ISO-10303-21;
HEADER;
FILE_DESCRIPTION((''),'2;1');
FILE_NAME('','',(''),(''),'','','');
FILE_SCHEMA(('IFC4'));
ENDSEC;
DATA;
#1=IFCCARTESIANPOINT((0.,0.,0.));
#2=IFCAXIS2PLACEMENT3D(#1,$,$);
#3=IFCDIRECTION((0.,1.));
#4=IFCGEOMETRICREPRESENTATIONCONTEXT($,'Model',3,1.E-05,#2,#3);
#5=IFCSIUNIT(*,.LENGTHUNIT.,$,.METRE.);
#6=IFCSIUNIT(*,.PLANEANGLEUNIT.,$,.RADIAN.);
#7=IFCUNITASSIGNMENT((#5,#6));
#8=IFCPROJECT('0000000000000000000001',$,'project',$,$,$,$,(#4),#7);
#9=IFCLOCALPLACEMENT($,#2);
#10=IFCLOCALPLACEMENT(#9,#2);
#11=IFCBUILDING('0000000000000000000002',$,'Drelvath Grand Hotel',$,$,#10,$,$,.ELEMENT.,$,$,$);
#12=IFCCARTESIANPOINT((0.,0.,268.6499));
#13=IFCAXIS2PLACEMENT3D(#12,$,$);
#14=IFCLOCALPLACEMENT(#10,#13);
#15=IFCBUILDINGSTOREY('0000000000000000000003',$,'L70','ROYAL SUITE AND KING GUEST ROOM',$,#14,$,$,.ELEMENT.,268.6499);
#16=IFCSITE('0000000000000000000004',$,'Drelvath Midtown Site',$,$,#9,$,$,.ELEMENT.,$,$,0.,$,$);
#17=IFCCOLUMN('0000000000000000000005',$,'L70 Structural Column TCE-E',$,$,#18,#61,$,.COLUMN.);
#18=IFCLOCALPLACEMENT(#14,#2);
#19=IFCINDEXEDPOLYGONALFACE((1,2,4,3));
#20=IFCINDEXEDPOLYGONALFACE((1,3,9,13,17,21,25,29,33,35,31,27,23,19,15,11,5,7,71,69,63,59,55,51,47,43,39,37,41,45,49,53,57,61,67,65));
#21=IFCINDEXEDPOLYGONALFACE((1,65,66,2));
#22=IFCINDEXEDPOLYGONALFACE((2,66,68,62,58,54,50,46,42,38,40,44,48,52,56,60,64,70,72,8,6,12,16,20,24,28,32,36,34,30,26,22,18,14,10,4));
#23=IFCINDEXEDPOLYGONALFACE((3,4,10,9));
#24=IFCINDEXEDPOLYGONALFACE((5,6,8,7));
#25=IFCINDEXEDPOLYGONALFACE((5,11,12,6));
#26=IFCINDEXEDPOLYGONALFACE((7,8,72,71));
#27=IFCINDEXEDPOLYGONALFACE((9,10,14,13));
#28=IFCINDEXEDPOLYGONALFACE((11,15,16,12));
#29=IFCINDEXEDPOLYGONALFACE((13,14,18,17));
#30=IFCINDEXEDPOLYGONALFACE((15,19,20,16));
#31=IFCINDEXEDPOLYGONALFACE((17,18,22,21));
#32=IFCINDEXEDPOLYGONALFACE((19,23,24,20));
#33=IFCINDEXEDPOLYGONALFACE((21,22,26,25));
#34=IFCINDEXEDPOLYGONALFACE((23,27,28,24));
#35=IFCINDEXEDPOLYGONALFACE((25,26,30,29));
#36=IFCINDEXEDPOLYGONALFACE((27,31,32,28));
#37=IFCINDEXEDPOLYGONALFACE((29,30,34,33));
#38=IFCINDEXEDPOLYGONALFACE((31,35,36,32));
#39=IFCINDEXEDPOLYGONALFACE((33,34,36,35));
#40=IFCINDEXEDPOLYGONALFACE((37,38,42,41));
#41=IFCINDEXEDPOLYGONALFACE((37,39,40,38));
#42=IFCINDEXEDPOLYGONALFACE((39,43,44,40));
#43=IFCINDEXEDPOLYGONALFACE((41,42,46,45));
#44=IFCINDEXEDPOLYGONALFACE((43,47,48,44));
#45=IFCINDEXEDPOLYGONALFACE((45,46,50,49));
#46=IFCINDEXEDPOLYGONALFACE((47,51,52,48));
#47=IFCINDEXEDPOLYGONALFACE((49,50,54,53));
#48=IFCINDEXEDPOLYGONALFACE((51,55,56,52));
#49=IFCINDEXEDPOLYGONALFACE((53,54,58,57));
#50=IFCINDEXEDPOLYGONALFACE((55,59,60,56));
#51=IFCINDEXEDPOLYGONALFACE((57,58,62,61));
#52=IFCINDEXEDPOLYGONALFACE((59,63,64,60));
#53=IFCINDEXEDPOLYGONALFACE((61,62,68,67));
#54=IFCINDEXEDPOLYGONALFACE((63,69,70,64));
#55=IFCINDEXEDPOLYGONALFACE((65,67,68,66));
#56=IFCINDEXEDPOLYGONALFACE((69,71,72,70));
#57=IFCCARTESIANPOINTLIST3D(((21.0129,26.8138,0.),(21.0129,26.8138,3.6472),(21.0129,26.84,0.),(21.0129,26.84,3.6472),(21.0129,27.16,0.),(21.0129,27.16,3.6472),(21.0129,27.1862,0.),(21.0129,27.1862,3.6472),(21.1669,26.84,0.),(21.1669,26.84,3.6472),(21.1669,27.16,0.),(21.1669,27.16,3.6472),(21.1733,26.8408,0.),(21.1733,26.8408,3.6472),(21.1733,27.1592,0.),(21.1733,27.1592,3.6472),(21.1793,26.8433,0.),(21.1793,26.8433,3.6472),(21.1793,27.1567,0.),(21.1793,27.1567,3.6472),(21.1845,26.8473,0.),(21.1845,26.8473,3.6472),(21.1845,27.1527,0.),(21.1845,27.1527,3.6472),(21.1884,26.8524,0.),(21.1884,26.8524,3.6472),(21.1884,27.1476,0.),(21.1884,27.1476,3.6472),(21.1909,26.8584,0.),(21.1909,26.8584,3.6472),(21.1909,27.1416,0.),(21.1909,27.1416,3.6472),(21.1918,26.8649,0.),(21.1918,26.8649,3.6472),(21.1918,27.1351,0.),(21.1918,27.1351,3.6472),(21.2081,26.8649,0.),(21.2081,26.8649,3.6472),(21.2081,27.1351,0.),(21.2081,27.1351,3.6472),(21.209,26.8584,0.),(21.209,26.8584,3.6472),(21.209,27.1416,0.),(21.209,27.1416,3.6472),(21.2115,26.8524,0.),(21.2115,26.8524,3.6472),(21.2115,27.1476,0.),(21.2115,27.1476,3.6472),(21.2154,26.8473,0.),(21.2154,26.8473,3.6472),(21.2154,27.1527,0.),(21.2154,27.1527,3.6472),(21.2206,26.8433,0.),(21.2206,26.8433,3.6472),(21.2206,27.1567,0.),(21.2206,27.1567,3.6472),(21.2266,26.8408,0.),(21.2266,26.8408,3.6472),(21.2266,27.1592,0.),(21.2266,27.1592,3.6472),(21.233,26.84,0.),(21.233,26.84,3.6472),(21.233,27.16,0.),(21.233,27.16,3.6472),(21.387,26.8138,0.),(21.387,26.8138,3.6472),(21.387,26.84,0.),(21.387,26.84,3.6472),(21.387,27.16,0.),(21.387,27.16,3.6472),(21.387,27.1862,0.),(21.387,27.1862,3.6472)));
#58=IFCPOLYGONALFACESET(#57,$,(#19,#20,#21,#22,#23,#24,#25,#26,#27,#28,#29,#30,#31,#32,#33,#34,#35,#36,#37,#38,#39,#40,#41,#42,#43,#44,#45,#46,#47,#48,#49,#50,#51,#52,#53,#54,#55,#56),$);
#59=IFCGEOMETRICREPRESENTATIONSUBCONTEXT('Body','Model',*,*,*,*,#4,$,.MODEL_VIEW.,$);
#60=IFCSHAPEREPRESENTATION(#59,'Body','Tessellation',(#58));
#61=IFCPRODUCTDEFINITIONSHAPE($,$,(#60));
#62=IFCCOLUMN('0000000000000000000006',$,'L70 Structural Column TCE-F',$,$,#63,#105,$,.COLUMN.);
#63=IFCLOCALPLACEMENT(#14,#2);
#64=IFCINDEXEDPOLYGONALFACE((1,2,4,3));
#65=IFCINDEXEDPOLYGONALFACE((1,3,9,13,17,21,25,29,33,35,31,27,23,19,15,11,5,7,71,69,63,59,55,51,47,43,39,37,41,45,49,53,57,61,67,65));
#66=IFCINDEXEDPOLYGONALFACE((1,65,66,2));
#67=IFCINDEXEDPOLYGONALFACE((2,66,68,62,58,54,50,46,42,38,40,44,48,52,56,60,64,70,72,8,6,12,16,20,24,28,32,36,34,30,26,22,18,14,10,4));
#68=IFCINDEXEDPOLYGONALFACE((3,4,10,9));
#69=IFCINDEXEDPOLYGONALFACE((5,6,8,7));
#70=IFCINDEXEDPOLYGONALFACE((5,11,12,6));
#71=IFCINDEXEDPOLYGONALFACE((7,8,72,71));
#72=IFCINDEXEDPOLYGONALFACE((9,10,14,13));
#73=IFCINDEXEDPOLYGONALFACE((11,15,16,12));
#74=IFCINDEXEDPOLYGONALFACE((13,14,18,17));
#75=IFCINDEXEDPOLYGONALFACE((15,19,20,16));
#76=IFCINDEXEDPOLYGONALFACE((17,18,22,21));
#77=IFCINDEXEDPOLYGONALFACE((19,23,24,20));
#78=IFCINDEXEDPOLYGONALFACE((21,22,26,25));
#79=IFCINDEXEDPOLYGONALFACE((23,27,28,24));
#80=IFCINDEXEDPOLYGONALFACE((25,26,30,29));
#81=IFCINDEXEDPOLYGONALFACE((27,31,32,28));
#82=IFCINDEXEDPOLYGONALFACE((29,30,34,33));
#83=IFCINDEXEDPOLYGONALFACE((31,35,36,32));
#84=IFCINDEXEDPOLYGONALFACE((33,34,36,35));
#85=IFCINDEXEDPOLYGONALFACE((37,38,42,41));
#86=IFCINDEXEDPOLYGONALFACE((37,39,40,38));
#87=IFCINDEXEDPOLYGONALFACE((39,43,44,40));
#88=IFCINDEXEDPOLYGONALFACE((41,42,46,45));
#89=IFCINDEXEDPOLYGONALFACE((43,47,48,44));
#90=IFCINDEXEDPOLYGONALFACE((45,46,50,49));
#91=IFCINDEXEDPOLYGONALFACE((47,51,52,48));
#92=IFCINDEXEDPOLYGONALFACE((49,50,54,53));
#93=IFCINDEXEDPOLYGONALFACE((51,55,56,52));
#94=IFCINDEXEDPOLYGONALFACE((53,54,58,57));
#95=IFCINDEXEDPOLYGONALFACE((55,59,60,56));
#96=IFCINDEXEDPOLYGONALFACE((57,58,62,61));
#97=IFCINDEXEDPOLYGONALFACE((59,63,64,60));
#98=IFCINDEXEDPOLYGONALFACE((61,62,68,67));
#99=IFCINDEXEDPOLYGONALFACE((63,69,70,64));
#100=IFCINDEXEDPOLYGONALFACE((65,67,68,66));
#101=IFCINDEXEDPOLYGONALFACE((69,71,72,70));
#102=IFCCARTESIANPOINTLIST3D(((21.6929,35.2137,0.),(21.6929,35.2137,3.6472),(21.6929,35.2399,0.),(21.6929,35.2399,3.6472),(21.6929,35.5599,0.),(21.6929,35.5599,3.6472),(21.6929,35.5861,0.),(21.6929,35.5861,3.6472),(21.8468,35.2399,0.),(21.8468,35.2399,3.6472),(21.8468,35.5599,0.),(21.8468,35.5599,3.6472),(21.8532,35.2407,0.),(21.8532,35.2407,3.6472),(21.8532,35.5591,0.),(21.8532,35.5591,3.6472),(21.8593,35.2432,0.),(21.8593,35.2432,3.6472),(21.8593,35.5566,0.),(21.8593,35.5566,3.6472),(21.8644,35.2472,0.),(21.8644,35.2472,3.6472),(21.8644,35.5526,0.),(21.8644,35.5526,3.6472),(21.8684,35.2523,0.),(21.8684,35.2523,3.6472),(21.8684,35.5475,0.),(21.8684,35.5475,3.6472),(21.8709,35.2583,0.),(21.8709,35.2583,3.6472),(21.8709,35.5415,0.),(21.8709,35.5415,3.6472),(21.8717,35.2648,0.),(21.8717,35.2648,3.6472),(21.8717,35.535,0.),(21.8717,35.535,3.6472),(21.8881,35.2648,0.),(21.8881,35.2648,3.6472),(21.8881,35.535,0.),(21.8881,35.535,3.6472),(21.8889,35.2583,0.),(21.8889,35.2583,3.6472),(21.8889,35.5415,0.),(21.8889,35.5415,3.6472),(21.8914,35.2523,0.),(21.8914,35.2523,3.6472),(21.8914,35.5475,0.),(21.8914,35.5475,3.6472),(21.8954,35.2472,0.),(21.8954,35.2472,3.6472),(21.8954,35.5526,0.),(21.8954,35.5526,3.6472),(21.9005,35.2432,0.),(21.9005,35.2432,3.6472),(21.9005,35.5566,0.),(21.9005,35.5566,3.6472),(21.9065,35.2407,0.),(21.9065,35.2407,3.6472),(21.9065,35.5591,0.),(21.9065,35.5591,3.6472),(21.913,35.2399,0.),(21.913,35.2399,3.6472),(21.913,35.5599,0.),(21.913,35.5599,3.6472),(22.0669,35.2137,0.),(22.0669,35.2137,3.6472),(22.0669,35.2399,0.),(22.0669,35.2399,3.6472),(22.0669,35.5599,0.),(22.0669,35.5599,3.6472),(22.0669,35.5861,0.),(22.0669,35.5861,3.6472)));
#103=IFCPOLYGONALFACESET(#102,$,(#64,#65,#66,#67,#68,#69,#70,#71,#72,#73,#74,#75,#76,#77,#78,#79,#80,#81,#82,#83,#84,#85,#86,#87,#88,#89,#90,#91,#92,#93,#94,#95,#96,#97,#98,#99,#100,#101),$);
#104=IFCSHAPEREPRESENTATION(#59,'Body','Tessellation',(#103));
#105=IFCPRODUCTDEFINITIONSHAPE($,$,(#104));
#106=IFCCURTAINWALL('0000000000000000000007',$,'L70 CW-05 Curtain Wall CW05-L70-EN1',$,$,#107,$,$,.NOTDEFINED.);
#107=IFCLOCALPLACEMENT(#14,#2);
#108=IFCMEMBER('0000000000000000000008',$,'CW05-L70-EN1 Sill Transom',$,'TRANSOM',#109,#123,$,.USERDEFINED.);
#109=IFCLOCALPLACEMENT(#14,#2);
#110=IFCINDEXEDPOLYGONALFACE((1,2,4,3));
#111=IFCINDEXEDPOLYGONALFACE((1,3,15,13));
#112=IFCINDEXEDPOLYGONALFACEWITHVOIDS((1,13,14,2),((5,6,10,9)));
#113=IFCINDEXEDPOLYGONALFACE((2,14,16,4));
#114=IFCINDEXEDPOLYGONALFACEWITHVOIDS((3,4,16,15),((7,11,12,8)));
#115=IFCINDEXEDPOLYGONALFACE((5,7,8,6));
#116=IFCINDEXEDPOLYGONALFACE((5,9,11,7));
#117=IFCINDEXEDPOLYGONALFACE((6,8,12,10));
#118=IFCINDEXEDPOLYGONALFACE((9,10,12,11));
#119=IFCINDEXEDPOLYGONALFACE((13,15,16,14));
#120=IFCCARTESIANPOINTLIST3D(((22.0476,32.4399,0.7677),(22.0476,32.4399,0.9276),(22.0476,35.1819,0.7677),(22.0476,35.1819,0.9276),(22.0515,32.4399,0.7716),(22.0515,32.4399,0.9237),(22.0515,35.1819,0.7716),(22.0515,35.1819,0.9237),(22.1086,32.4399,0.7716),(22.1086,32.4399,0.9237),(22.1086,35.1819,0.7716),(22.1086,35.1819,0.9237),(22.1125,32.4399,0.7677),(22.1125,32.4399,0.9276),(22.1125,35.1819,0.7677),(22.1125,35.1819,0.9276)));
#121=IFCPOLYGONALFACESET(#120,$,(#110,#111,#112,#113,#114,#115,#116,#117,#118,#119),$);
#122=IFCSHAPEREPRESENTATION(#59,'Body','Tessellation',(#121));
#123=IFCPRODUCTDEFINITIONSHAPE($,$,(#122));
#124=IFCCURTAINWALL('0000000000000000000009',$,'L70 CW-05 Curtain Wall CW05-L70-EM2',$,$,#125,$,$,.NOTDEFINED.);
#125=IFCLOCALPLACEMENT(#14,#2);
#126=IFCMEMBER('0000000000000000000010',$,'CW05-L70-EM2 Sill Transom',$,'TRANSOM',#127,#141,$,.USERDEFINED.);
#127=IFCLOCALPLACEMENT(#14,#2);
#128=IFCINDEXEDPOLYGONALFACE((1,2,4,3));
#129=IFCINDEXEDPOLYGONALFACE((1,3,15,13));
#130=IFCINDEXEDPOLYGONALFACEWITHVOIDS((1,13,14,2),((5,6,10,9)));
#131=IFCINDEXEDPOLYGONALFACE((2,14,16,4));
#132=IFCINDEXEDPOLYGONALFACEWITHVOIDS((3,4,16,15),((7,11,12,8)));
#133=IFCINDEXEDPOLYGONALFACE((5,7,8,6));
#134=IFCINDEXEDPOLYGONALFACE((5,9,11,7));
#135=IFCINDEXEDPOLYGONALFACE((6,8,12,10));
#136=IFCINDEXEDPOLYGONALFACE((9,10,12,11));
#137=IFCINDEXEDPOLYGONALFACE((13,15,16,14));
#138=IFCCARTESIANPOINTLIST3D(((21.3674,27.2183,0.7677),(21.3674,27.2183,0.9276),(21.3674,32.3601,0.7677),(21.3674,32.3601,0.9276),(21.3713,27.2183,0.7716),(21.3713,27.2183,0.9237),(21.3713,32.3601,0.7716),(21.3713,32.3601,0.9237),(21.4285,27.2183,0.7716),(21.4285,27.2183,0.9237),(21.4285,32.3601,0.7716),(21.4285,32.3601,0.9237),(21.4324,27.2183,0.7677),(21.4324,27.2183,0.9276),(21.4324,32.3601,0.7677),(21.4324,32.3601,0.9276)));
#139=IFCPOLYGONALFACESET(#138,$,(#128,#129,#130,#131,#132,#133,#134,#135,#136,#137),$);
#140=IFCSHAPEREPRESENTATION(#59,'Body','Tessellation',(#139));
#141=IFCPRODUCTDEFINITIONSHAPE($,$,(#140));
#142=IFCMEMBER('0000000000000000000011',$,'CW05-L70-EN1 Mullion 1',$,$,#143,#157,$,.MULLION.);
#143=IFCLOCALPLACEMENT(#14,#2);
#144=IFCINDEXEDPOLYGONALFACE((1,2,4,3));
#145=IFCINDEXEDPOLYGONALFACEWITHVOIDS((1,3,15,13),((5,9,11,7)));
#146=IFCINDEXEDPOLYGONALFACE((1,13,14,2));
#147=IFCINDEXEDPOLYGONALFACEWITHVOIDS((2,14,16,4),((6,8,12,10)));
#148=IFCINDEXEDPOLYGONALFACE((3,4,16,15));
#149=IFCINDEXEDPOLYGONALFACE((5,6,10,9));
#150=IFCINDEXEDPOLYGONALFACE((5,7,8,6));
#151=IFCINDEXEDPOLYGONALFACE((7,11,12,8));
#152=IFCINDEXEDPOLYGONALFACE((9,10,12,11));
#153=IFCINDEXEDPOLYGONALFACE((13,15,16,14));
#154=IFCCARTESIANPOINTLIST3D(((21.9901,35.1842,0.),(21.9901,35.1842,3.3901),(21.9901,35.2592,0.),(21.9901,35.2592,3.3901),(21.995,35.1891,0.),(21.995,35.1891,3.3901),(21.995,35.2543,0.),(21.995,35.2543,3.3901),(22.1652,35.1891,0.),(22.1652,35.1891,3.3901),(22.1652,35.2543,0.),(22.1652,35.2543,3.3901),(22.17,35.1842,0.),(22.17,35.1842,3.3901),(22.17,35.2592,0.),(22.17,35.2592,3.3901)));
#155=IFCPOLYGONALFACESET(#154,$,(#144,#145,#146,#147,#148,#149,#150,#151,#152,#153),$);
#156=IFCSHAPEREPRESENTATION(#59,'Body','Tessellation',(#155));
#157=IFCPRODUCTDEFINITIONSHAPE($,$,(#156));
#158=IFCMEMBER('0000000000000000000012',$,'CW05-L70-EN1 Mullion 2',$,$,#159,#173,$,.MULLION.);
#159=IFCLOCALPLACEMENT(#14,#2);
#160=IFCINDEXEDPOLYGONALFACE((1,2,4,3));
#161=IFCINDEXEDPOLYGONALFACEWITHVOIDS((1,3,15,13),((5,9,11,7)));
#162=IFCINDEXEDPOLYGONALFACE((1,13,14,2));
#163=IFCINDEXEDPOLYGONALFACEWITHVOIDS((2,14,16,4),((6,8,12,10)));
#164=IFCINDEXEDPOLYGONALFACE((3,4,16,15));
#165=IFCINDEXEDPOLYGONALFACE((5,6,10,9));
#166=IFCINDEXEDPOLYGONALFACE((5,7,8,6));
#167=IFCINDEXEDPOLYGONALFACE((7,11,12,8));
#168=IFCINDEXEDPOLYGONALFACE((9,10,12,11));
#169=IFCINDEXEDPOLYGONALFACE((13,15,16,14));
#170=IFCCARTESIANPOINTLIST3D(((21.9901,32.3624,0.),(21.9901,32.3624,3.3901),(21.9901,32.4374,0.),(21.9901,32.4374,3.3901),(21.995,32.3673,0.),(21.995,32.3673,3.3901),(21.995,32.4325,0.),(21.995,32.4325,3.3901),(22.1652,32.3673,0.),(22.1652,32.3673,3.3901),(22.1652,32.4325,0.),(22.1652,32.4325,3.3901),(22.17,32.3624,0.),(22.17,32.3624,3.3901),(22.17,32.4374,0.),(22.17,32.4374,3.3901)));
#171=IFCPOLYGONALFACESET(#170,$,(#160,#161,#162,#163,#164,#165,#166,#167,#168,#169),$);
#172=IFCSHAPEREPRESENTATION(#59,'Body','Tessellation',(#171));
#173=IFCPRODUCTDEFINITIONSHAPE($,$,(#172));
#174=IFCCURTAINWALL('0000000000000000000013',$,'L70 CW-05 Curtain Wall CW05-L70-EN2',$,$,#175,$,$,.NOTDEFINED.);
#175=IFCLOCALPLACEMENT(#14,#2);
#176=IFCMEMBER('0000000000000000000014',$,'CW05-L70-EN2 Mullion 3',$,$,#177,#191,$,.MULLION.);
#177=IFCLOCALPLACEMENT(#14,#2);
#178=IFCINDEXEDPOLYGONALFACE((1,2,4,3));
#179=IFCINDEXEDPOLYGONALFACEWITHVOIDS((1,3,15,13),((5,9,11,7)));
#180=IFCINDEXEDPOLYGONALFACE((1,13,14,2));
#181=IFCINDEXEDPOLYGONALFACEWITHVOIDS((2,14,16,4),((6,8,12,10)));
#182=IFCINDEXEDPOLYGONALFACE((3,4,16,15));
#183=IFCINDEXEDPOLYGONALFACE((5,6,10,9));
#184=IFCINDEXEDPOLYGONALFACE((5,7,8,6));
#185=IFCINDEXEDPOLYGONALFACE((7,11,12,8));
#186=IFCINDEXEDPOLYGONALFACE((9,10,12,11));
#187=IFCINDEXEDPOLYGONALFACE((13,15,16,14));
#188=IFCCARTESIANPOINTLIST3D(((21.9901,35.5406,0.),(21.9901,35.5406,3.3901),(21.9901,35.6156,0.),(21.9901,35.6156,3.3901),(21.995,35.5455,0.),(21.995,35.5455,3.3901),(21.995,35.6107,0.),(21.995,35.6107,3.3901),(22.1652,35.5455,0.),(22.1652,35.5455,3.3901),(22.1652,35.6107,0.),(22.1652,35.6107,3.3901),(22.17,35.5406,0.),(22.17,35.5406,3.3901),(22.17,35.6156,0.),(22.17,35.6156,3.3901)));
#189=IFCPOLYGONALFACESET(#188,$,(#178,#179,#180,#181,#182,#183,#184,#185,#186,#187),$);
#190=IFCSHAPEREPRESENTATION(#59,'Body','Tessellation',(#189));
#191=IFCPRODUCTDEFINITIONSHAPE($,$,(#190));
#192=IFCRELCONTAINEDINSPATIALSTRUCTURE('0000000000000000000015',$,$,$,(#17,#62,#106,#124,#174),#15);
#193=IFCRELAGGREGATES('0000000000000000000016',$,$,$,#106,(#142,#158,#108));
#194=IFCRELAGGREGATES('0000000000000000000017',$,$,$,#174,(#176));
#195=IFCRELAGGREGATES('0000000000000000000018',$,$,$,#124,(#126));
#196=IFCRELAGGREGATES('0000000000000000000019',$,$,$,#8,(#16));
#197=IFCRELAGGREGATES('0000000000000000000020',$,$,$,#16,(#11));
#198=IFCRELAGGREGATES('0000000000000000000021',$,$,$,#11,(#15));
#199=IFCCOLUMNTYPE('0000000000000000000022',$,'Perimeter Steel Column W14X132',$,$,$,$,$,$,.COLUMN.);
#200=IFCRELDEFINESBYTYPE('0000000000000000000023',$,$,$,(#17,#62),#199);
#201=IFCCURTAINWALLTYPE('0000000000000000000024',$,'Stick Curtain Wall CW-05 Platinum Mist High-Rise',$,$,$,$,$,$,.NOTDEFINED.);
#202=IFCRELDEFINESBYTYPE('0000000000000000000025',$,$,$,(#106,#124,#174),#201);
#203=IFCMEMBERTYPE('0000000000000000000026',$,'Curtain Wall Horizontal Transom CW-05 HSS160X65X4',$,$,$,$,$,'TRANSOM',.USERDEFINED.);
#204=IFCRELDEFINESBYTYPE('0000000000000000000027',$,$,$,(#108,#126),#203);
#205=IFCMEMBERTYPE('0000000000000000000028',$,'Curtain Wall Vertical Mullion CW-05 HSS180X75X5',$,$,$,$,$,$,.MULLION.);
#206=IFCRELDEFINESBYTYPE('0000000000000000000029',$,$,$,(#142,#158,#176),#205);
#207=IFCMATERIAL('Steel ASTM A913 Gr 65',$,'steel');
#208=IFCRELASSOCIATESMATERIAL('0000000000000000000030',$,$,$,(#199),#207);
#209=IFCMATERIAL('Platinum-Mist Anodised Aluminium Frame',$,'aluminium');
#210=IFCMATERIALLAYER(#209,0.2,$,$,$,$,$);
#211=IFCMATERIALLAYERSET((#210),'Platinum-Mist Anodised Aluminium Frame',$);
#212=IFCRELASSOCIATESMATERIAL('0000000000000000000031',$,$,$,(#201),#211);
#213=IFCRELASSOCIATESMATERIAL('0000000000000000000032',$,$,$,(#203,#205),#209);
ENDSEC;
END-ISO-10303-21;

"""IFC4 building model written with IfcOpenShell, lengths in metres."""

from ifc_helpers import new_model, si_unit, direction, frame, origin, origin_2d, place, context, subcontext, project, spatial, hollow_rectangle, i_section, extrude, material, layer, layer_set, material_profile, profile_set, type_object, element, aggregate, save


model = new_model("IFC4")

# Units and contexts
model_context = context("Model", 3, precision=1e-05, world=origin(), true_north=direction((0.0, 1.0)))
body_context = subcontext(model_context, "Body", "Model", "MODEL_VIEW")
ifc_project = project(units=[si_unit("LENGTHUNIT", "METRE"), si_unit("PLANEANGLEUNIT", "RADIAN")], contexts=[model_context])

# Site, building, storey
site_placement = place(None, origin())
site = spatial("IfcSite", under=ifc_project, at=site_placement, Name="Drelvath Midtown Site", CompositionType="ELEMENT", RefElevation=0.0)
building_placement = place(site_placement, origin())
building = spatial("IfcBuilding", under=site, at=building_placement, Name="Drelvath Grand Hotel", CompositionType="ELEMENT")
storey_placement = place(building_placement, frame((0.0, 0.0, 268.6499)))
storey = spatial("IfcBuildingStorey", under=building, at=storey_placement, Name="L70", Description="ROYAL SUITE AND KING GUEST ROOM", CompositionType="ELEMENT", Elevation=268.6499)

# Columns
ifc_material_1 = material(Name="Steel ASTM A913 Gr 65", Category="steel")
ifc_material_profile_1 = material_profile(ifc_material_1, i_section(OverallWidth=0.374, OverallDepth=0.3723, WebThickness=0.0164, FlangeThickness=0.0261, FilletRadius=0.0249, at=origin_2d()), Name="W14X132")
ifc_profile_set_1 = profile_set([ifc_material_profile_1], Name="Steel ASTM A913 Gr 65")
column_type = type_object("IfcColumnType", Name="Perimeter Steel Column W14X132", PredefinedType="COLUMN", material=ifc_profile_set_1)
for number, where, z_axis, x_axis, name in (
    (1, (21.2, 27.0, 0.0), (0.0, 0.0, 1.0), (1.0, 0.0, 0.0), "L70 Structural Column TCE-E"),
    (2, (21.8799, 35.3999, 0.0), (0.0, 0.0, 1.0), (1.0, 0.0, 0.0), "L70 Structural Column TCE-F"),
):
    element("IfcColumn", number, at=place(storey_placement, frame(where, z_axis=z_axis, x_axis=x_axis)), inside=storey, type_object=column_type, Name=name, PredefinedType="COLUMN", context=body_context, shape_type="SweptSolid", body=[
        extrude(i_section(OverallWidth=0.374, OverallDepth=0.3723, WebThickness=0.0164, FlangeThickness=0.0261, FilletRadius=0.0249, at=origin_2d()), origin(), (0.0, 0.0, 1.0), 3.6472),
    ])

# Curtain walls, members
ifc_material_2 = material(Name="Platinum-Mist Anodised Aluminium Frame", Category="aluminium")
ifc_layer_1 = layer(ifc_material_2, 0.2)
ifc_layer_set_1 = layer_set([ifc_layer_1], Name="Platinum-Mist Anodised Aluminium Frame")
curtain_wall_type = type_object("IfcCurtainWallType", Name="Stick Curtain Wall CW-05 Platinum Mist High-Rise", PredefinedType="NOTDEFINED", material=ifc_layer_set_1)
curtain_wall_1_placement = place(storey_placement, origin())
curtain_wall_1 = element("IfcCurtainWall", 3, at=curtain_wall_1_placement, inside=storey, type_object=curtain_wall_type, Name="L70 CW-05 Curtain Wall CW05-L70-EN1", PredefinedType="NOTDEFINED")
ifc_material_profile_2 = material_profile(ifc_material_2, hollow_rectangle(XDim=0.0649, YDim=0.1599, WallThickness=0.0039, at=origin_2d()), Name="HSS160X65X4")
ifc_profile_set_2 = profile_set([ifc_material_profile_2], Name="Platinum-Mist Anodised Aluminium Frame")
member_type_1 = type_object("IfcMemberType", Name="Curtain Wall Horizontal Transom CW-05 HSS160X65X4", ElementType="TRANSOM", PredefinedType="USERDEFINED", material=ifc_profile_set_2)
member_1_placement = place(storey_placement, frame((22.0801, 35.1819, 0.8477), z_axis=(0.0, -1.0, 0.0), x_axis=(1.0, 0.0, 0.0)))
member_1 = element("IfcMember", 4, at=member_1_placement, type_object=member_type_1, Name="CW05-L70-EN1 Sill Transom", ObjectType="TRANSOM", PredefinedType="USERDEFINED", context=body_context, shape_type="SweptSolid", body=[
    extrude(hollow_rectangle(XDim=0.0649, YDim=0.1599, WallThickness=0.0039, at=origin_2d()), origin(), (0.0, 0.0, 1.0), 2.7419),
])
curtain_wall_2_placement = place(storey_placement, origin())
curtain_wall_2 = element("IfcCurtainWall", 5, at=curtain_wall_2_placement, inside=storey, type_object=curtain_wall_type, Name="L70 CW-05 Curtain Wall CW05-L70-EM2", PredefinedType="NOTDEFINED")
member_2_placement = place(storey_placement, frame((21.3999, 32.3601, 0.8477), z_axis=(0.0, -1.0, 0.0), x_axis=(1.0, 0.0, 0.0)))
member_2 = element("IfcMember", 6, at=member_2_placement, type_object=member_type_1, Name="CW05-L70-EM2 Sill Transom", ObjectType="TRANSOM", PredefinedType="USERDEFINED", context=body_context, shape_type="SweptSolid", body=[
    extrude(hollow_rectangle(XDim=0.0649, YDim=0.1599, WallThickness=0.0039, at=origin_2d()), origin(), (0.0, 0.0, 1.0), 5.1418),
])

# Members
ifc_material_profile_3 = material_profile(ifc_material_2, hollow_rectangle(XDim=0.075, YDim=0.1799, WallThickness=0.0049, at=origin_2d()), Name="HSS180X75X5")
ifc_profile_set_3 = profile_set([ifc_material_profile_3], Name="Platinum-Mist Anodised Aluminium Frame")
member_type_2 = type_object("IfcMemberType", Name="Curtain Wall Vertical Mullion CW-05 HSS180X75X5", PredefinedType="MULLION", material=ifc_profile_set_3)
member_3_placement = place(storey_placement, frame((22.0801, 35.2217, 0.0), z_axis=(0.0, 0.0, 1.0), x_axis=(0.0, 1.0, 0.0)))
member_3 = element("IfcMember", 7, at=member_3_placement, type_object=member_type_2, Name="CW05-L70-EN1 Mullion 1", PredefinedType="MULLION", context=body_context, shape_type="SweptSolid", body=[
    extrude(hollow_rectangle(XDim=0.075, YDim=0.1799, WallThickness=0.0049, at=origin_2d()), origin(), (0.0, 0.0, 1.0), 3.3901),
])
member_4_placement = place(storey_placement, frame((22.0801, 32.3999, 0.0), z_axis=(0.0, 0.0, 1.0), x_axis=(0.0, 1.0, 0.0)))
member_4 = element("IfcMember", 8, at=member_4_placement, type_object=member_type_2, Name="CW05-L70-EN1 Mullion 2", PredefinedType="MULLION", context=body_context, shape_type="SweptSolid", body=[
    extrude(hollow_rectangle(XDim=0.075, YDim=0.1799, WallThickness=0.0049, at=origin_2d()), origin(), (0.0, 0.0, 1.0), 3.3901),
])

# Curtain wall, member
curtain_wall_3_placement = place(storey_placement, origin())
curtain_wall_3 = element("IfcCurtainWall", 9, at=curtain_wall_3_placement, inside=storey, type_object=curtain_wall_type, Name="L70 CW-05 Curtain Wall CW05-L70-EN2", PredefinedType="NOTDEFINED")
member_5_placement = place(storey_placement, frame((22.0801, 35.5781, 0.0), z_axis=(0.0, 0.0, 1.0), x_axis=(0.0, 1.0, 0.0)))
member_5 = element("IfcMember", 10, at=member_5_placement, type_object=member_type_2, Name="CW05-L70-EN2 Mullion 3", PredefinedType="MULLION", context=body_context, shape_type="SweptSolid", body=[
    extrude(hollow_rectangle(XDim=0.075, YDim=0.1799, WallThickness=0.0049, at=origin_2d()), origin(), (0.0, 0.0, 1.0), 3.3901),
])

aggregate(curtain_wall_1, [member_3, member_4, member_1])
aggregate(curtain_wall_3, [member_5])
aggregate(curtain_wall_2, [member_2])

save(model, "model.ifc")
